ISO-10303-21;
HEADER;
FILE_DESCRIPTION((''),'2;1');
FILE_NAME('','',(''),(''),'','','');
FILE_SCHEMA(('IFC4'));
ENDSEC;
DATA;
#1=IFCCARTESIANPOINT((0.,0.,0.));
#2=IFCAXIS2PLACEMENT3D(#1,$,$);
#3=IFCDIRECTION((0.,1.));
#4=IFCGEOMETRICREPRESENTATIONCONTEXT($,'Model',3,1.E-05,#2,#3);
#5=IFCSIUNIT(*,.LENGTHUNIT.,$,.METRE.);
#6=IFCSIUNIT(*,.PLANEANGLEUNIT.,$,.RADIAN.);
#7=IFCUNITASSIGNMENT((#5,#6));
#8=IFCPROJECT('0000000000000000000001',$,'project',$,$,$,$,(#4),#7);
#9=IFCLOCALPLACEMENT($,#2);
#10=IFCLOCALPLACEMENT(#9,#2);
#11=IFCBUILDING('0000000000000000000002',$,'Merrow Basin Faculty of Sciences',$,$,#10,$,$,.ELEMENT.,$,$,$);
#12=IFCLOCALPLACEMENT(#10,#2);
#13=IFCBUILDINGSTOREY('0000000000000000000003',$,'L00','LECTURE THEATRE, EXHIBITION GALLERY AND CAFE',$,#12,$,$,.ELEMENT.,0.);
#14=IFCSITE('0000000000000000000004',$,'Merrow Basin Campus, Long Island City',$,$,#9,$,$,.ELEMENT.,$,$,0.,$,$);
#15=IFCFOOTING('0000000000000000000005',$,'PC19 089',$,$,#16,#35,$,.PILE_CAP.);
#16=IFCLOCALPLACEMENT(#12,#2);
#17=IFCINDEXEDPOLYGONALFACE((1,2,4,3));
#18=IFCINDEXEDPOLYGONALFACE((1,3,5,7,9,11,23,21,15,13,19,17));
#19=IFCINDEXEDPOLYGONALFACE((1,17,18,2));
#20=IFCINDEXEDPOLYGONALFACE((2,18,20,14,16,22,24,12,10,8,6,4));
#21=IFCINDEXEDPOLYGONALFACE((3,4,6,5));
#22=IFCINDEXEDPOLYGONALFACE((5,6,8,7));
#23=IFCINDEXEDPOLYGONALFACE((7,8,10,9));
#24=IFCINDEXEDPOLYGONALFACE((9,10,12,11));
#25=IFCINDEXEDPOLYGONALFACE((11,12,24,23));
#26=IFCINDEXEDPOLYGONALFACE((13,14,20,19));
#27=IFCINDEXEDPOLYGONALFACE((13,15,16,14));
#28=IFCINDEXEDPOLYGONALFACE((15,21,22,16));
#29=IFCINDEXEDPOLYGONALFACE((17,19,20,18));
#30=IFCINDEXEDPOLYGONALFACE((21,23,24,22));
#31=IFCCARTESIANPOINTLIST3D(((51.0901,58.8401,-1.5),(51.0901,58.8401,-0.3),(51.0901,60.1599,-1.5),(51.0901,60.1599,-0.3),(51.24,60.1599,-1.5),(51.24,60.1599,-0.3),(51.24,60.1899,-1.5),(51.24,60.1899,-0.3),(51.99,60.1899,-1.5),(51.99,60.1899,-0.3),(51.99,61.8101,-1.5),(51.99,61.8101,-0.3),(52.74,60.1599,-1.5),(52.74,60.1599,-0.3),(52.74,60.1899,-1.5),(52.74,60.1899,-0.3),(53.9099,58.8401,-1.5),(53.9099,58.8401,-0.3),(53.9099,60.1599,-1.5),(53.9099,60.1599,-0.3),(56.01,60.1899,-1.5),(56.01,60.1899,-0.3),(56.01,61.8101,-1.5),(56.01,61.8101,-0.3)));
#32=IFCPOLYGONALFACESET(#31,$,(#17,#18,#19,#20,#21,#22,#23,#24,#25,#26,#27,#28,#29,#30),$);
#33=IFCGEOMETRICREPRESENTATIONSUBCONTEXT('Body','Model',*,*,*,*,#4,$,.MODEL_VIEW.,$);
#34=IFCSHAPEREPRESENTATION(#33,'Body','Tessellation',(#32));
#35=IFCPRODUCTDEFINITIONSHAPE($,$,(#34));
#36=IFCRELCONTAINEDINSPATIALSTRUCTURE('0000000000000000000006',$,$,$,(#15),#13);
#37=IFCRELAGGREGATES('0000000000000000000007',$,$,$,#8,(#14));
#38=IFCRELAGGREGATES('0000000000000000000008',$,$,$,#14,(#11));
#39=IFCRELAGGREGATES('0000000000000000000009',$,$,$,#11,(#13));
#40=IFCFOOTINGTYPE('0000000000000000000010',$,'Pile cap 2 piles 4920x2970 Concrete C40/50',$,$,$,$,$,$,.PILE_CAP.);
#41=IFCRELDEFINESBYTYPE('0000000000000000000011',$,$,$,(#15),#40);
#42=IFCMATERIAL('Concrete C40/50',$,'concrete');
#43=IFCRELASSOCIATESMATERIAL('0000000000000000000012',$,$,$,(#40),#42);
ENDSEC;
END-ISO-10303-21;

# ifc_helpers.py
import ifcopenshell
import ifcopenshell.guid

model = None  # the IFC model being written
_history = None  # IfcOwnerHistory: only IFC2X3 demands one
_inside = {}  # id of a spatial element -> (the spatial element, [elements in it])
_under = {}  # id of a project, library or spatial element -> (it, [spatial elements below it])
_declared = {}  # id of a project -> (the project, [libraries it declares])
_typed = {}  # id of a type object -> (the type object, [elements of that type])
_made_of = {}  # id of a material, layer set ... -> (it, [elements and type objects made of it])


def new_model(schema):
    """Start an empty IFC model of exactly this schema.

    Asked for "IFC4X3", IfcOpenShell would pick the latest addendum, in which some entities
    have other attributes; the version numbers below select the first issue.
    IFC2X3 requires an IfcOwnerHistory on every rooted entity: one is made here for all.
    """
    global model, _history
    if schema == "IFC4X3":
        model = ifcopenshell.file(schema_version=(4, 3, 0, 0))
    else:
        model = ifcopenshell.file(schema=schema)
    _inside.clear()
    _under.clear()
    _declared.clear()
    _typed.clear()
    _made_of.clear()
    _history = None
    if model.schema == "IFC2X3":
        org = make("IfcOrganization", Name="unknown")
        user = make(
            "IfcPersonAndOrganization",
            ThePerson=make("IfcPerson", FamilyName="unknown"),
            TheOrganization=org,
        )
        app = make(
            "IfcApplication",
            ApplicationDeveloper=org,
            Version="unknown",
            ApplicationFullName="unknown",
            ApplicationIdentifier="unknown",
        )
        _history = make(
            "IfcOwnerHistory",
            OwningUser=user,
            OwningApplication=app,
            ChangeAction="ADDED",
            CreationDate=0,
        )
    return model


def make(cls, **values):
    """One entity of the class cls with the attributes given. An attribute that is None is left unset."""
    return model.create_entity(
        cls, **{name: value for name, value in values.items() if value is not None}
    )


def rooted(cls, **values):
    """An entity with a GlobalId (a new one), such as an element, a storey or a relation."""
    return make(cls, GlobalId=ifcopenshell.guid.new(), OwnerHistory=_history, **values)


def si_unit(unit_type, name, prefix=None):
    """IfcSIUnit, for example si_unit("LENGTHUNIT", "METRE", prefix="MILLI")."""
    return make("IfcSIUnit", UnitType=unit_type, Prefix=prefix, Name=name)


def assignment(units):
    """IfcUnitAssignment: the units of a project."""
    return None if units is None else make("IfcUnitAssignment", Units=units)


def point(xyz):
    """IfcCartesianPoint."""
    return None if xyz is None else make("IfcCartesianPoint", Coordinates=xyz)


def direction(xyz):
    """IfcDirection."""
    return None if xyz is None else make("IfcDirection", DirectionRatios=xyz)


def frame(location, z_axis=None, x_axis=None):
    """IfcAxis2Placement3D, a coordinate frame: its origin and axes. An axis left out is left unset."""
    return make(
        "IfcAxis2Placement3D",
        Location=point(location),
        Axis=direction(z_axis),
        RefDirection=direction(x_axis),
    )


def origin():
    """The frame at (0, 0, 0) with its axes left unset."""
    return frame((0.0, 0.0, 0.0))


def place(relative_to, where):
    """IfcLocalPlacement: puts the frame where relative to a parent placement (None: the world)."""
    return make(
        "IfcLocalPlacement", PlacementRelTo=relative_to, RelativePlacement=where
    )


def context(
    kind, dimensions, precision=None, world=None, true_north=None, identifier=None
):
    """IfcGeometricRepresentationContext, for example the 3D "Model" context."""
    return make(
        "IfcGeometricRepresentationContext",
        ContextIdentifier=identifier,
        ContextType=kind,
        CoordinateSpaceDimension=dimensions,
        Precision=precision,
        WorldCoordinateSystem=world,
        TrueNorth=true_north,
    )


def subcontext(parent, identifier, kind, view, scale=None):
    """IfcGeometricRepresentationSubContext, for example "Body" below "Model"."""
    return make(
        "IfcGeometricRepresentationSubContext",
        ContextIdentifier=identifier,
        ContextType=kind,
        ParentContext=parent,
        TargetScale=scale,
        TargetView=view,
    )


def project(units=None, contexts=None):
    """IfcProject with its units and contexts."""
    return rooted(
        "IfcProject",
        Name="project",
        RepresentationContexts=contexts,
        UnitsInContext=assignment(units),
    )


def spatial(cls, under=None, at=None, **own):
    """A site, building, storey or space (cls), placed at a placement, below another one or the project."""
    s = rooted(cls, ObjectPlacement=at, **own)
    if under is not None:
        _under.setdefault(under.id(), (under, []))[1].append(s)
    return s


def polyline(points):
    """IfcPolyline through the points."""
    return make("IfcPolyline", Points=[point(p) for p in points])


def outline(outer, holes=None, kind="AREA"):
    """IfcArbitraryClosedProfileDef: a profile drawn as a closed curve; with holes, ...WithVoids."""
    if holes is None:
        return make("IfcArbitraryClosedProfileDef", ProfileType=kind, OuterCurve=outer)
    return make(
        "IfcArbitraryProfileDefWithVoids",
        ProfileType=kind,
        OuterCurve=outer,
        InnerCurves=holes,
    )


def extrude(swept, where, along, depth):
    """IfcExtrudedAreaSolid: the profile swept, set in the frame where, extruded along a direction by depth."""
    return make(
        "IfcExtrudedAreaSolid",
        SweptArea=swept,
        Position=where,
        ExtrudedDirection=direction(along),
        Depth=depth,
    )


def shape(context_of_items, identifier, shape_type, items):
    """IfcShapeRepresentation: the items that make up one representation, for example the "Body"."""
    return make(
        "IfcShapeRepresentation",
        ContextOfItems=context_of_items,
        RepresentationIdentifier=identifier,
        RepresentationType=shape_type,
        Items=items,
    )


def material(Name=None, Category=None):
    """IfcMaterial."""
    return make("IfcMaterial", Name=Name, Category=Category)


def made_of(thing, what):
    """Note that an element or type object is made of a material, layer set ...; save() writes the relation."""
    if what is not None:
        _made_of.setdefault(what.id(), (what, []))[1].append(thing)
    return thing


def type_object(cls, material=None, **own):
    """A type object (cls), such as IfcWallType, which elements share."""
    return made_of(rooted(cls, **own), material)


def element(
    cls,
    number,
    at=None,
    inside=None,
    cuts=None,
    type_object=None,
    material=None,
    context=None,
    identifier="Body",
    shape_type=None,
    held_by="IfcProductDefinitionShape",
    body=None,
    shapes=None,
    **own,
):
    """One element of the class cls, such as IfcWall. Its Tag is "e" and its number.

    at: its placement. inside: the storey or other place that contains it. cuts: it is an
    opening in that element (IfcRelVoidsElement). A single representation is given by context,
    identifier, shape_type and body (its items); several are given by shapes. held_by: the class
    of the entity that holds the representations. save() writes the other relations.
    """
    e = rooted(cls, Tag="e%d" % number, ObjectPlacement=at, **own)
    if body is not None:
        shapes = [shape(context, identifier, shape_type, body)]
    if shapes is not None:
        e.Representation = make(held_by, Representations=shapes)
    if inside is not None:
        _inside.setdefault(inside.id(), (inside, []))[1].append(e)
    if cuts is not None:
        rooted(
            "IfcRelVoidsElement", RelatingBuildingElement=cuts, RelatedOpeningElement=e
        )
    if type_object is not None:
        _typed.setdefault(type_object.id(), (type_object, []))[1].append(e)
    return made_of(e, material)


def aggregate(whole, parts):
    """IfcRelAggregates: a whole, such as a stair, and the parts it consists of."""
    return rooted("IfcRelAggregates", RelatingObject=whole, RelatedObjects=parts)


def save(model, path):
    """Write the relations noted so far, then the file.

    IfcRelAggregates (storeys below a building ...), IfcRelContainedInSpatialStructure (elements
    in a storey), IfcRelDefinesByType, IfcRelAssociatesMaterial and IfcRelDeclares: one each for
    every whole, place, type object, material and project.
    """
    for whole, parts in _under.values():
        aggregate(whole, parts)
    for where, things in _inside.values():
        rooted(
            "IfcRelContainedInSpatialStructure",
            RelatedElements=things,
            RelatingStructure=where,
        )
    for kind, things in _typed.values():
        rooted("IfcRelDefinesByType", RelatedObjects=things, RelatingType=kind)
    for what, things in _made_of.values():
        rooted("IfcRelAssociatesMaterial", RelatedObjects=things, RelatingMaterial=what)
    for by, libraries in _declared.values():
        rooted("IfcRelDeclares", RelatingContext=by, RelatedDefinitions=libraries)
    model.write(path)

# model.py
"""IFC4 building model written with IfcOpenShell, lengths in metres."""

from ifc_helpers import new_model, si_unit, direction, frame, origin, place, context, subcontext, project, spatial, polyline, outline, extrude, material, type_object, element, save


model = new_model("IFC4")

# Units and contexts
model_context = context("Model", 3, precision=1e-05, world=origin(), true_north=direction((0.0, 1.0)))
body_context = subcontext(model_context, "Body", "Model", "MODEL_VIEW")
ifc_project = project(units=[si_unit("LENGTHUNIT", "METRE"), si_unit("PLANEANGLEUNIT", "RADIAN")], contexts=[model_context])

# Site, building, storey
site_placement = place(None, origin())
site = spatial("IfcSite", under=ifc_project, at=site_placement, Name="Merrow Basin Campus, Long Island City", CompositionType="ELEMENT", RefElevation=0.0)
building_placement = place(site_placement, origin())
building = spatial("IfcBuilding", under=site, at=building_placement, Name="Merrow Basin Faculty of Sciences", CompositionType="ELEMENT")
storey_placement = place(building_placement, origin())
storey = spatial("IfcBuildingStorey", under=building, at=storey_placement, Name="L00", Description="LECTURE THEATRE, EXHIBITION GALLERY AND CAFE", CompositionType="ELEMENT", Elevation=0.0)

# Footing
ifc_material_1 = material(Name="Concrete C40/50", Category="concrete")
footing_type_1 = type_object("IfcFootingType", Name="Pile cap 2 piles 4920x2970 Concrete C40/50", PredefinedType="PILE_CAP", material=ifc_material_1)
footing_1_placement = place(storey_placement, frame((0.0, 0.0, -1.5)))
element("IfcFooting", 1, at=footing_1_placement, inside=storey, type_object=footing_type_1, Name="PC19 089", PredefinedType="PILE_CAP", context=body_context, shape_type="SweptSolid", body=[
    extrude(outline(polyline([(51.24, 60.1599), (51.24, 60.1899), (51.99, 60.1899), (51.99, 61.8101), (56.01, 61.8101), (56.01, 60.1899), (52.74, 60.1899), (52.74, 60.1599), (53.9099, 60.1599), (53.9099, 58.8401), (51.0901, 58.8401), (51.0901, 60.1599), (51.24, 60.1599)])), origin(), (0.0, 0.0, 1.0), 1.2),
])

save(model, "model.ifc")
